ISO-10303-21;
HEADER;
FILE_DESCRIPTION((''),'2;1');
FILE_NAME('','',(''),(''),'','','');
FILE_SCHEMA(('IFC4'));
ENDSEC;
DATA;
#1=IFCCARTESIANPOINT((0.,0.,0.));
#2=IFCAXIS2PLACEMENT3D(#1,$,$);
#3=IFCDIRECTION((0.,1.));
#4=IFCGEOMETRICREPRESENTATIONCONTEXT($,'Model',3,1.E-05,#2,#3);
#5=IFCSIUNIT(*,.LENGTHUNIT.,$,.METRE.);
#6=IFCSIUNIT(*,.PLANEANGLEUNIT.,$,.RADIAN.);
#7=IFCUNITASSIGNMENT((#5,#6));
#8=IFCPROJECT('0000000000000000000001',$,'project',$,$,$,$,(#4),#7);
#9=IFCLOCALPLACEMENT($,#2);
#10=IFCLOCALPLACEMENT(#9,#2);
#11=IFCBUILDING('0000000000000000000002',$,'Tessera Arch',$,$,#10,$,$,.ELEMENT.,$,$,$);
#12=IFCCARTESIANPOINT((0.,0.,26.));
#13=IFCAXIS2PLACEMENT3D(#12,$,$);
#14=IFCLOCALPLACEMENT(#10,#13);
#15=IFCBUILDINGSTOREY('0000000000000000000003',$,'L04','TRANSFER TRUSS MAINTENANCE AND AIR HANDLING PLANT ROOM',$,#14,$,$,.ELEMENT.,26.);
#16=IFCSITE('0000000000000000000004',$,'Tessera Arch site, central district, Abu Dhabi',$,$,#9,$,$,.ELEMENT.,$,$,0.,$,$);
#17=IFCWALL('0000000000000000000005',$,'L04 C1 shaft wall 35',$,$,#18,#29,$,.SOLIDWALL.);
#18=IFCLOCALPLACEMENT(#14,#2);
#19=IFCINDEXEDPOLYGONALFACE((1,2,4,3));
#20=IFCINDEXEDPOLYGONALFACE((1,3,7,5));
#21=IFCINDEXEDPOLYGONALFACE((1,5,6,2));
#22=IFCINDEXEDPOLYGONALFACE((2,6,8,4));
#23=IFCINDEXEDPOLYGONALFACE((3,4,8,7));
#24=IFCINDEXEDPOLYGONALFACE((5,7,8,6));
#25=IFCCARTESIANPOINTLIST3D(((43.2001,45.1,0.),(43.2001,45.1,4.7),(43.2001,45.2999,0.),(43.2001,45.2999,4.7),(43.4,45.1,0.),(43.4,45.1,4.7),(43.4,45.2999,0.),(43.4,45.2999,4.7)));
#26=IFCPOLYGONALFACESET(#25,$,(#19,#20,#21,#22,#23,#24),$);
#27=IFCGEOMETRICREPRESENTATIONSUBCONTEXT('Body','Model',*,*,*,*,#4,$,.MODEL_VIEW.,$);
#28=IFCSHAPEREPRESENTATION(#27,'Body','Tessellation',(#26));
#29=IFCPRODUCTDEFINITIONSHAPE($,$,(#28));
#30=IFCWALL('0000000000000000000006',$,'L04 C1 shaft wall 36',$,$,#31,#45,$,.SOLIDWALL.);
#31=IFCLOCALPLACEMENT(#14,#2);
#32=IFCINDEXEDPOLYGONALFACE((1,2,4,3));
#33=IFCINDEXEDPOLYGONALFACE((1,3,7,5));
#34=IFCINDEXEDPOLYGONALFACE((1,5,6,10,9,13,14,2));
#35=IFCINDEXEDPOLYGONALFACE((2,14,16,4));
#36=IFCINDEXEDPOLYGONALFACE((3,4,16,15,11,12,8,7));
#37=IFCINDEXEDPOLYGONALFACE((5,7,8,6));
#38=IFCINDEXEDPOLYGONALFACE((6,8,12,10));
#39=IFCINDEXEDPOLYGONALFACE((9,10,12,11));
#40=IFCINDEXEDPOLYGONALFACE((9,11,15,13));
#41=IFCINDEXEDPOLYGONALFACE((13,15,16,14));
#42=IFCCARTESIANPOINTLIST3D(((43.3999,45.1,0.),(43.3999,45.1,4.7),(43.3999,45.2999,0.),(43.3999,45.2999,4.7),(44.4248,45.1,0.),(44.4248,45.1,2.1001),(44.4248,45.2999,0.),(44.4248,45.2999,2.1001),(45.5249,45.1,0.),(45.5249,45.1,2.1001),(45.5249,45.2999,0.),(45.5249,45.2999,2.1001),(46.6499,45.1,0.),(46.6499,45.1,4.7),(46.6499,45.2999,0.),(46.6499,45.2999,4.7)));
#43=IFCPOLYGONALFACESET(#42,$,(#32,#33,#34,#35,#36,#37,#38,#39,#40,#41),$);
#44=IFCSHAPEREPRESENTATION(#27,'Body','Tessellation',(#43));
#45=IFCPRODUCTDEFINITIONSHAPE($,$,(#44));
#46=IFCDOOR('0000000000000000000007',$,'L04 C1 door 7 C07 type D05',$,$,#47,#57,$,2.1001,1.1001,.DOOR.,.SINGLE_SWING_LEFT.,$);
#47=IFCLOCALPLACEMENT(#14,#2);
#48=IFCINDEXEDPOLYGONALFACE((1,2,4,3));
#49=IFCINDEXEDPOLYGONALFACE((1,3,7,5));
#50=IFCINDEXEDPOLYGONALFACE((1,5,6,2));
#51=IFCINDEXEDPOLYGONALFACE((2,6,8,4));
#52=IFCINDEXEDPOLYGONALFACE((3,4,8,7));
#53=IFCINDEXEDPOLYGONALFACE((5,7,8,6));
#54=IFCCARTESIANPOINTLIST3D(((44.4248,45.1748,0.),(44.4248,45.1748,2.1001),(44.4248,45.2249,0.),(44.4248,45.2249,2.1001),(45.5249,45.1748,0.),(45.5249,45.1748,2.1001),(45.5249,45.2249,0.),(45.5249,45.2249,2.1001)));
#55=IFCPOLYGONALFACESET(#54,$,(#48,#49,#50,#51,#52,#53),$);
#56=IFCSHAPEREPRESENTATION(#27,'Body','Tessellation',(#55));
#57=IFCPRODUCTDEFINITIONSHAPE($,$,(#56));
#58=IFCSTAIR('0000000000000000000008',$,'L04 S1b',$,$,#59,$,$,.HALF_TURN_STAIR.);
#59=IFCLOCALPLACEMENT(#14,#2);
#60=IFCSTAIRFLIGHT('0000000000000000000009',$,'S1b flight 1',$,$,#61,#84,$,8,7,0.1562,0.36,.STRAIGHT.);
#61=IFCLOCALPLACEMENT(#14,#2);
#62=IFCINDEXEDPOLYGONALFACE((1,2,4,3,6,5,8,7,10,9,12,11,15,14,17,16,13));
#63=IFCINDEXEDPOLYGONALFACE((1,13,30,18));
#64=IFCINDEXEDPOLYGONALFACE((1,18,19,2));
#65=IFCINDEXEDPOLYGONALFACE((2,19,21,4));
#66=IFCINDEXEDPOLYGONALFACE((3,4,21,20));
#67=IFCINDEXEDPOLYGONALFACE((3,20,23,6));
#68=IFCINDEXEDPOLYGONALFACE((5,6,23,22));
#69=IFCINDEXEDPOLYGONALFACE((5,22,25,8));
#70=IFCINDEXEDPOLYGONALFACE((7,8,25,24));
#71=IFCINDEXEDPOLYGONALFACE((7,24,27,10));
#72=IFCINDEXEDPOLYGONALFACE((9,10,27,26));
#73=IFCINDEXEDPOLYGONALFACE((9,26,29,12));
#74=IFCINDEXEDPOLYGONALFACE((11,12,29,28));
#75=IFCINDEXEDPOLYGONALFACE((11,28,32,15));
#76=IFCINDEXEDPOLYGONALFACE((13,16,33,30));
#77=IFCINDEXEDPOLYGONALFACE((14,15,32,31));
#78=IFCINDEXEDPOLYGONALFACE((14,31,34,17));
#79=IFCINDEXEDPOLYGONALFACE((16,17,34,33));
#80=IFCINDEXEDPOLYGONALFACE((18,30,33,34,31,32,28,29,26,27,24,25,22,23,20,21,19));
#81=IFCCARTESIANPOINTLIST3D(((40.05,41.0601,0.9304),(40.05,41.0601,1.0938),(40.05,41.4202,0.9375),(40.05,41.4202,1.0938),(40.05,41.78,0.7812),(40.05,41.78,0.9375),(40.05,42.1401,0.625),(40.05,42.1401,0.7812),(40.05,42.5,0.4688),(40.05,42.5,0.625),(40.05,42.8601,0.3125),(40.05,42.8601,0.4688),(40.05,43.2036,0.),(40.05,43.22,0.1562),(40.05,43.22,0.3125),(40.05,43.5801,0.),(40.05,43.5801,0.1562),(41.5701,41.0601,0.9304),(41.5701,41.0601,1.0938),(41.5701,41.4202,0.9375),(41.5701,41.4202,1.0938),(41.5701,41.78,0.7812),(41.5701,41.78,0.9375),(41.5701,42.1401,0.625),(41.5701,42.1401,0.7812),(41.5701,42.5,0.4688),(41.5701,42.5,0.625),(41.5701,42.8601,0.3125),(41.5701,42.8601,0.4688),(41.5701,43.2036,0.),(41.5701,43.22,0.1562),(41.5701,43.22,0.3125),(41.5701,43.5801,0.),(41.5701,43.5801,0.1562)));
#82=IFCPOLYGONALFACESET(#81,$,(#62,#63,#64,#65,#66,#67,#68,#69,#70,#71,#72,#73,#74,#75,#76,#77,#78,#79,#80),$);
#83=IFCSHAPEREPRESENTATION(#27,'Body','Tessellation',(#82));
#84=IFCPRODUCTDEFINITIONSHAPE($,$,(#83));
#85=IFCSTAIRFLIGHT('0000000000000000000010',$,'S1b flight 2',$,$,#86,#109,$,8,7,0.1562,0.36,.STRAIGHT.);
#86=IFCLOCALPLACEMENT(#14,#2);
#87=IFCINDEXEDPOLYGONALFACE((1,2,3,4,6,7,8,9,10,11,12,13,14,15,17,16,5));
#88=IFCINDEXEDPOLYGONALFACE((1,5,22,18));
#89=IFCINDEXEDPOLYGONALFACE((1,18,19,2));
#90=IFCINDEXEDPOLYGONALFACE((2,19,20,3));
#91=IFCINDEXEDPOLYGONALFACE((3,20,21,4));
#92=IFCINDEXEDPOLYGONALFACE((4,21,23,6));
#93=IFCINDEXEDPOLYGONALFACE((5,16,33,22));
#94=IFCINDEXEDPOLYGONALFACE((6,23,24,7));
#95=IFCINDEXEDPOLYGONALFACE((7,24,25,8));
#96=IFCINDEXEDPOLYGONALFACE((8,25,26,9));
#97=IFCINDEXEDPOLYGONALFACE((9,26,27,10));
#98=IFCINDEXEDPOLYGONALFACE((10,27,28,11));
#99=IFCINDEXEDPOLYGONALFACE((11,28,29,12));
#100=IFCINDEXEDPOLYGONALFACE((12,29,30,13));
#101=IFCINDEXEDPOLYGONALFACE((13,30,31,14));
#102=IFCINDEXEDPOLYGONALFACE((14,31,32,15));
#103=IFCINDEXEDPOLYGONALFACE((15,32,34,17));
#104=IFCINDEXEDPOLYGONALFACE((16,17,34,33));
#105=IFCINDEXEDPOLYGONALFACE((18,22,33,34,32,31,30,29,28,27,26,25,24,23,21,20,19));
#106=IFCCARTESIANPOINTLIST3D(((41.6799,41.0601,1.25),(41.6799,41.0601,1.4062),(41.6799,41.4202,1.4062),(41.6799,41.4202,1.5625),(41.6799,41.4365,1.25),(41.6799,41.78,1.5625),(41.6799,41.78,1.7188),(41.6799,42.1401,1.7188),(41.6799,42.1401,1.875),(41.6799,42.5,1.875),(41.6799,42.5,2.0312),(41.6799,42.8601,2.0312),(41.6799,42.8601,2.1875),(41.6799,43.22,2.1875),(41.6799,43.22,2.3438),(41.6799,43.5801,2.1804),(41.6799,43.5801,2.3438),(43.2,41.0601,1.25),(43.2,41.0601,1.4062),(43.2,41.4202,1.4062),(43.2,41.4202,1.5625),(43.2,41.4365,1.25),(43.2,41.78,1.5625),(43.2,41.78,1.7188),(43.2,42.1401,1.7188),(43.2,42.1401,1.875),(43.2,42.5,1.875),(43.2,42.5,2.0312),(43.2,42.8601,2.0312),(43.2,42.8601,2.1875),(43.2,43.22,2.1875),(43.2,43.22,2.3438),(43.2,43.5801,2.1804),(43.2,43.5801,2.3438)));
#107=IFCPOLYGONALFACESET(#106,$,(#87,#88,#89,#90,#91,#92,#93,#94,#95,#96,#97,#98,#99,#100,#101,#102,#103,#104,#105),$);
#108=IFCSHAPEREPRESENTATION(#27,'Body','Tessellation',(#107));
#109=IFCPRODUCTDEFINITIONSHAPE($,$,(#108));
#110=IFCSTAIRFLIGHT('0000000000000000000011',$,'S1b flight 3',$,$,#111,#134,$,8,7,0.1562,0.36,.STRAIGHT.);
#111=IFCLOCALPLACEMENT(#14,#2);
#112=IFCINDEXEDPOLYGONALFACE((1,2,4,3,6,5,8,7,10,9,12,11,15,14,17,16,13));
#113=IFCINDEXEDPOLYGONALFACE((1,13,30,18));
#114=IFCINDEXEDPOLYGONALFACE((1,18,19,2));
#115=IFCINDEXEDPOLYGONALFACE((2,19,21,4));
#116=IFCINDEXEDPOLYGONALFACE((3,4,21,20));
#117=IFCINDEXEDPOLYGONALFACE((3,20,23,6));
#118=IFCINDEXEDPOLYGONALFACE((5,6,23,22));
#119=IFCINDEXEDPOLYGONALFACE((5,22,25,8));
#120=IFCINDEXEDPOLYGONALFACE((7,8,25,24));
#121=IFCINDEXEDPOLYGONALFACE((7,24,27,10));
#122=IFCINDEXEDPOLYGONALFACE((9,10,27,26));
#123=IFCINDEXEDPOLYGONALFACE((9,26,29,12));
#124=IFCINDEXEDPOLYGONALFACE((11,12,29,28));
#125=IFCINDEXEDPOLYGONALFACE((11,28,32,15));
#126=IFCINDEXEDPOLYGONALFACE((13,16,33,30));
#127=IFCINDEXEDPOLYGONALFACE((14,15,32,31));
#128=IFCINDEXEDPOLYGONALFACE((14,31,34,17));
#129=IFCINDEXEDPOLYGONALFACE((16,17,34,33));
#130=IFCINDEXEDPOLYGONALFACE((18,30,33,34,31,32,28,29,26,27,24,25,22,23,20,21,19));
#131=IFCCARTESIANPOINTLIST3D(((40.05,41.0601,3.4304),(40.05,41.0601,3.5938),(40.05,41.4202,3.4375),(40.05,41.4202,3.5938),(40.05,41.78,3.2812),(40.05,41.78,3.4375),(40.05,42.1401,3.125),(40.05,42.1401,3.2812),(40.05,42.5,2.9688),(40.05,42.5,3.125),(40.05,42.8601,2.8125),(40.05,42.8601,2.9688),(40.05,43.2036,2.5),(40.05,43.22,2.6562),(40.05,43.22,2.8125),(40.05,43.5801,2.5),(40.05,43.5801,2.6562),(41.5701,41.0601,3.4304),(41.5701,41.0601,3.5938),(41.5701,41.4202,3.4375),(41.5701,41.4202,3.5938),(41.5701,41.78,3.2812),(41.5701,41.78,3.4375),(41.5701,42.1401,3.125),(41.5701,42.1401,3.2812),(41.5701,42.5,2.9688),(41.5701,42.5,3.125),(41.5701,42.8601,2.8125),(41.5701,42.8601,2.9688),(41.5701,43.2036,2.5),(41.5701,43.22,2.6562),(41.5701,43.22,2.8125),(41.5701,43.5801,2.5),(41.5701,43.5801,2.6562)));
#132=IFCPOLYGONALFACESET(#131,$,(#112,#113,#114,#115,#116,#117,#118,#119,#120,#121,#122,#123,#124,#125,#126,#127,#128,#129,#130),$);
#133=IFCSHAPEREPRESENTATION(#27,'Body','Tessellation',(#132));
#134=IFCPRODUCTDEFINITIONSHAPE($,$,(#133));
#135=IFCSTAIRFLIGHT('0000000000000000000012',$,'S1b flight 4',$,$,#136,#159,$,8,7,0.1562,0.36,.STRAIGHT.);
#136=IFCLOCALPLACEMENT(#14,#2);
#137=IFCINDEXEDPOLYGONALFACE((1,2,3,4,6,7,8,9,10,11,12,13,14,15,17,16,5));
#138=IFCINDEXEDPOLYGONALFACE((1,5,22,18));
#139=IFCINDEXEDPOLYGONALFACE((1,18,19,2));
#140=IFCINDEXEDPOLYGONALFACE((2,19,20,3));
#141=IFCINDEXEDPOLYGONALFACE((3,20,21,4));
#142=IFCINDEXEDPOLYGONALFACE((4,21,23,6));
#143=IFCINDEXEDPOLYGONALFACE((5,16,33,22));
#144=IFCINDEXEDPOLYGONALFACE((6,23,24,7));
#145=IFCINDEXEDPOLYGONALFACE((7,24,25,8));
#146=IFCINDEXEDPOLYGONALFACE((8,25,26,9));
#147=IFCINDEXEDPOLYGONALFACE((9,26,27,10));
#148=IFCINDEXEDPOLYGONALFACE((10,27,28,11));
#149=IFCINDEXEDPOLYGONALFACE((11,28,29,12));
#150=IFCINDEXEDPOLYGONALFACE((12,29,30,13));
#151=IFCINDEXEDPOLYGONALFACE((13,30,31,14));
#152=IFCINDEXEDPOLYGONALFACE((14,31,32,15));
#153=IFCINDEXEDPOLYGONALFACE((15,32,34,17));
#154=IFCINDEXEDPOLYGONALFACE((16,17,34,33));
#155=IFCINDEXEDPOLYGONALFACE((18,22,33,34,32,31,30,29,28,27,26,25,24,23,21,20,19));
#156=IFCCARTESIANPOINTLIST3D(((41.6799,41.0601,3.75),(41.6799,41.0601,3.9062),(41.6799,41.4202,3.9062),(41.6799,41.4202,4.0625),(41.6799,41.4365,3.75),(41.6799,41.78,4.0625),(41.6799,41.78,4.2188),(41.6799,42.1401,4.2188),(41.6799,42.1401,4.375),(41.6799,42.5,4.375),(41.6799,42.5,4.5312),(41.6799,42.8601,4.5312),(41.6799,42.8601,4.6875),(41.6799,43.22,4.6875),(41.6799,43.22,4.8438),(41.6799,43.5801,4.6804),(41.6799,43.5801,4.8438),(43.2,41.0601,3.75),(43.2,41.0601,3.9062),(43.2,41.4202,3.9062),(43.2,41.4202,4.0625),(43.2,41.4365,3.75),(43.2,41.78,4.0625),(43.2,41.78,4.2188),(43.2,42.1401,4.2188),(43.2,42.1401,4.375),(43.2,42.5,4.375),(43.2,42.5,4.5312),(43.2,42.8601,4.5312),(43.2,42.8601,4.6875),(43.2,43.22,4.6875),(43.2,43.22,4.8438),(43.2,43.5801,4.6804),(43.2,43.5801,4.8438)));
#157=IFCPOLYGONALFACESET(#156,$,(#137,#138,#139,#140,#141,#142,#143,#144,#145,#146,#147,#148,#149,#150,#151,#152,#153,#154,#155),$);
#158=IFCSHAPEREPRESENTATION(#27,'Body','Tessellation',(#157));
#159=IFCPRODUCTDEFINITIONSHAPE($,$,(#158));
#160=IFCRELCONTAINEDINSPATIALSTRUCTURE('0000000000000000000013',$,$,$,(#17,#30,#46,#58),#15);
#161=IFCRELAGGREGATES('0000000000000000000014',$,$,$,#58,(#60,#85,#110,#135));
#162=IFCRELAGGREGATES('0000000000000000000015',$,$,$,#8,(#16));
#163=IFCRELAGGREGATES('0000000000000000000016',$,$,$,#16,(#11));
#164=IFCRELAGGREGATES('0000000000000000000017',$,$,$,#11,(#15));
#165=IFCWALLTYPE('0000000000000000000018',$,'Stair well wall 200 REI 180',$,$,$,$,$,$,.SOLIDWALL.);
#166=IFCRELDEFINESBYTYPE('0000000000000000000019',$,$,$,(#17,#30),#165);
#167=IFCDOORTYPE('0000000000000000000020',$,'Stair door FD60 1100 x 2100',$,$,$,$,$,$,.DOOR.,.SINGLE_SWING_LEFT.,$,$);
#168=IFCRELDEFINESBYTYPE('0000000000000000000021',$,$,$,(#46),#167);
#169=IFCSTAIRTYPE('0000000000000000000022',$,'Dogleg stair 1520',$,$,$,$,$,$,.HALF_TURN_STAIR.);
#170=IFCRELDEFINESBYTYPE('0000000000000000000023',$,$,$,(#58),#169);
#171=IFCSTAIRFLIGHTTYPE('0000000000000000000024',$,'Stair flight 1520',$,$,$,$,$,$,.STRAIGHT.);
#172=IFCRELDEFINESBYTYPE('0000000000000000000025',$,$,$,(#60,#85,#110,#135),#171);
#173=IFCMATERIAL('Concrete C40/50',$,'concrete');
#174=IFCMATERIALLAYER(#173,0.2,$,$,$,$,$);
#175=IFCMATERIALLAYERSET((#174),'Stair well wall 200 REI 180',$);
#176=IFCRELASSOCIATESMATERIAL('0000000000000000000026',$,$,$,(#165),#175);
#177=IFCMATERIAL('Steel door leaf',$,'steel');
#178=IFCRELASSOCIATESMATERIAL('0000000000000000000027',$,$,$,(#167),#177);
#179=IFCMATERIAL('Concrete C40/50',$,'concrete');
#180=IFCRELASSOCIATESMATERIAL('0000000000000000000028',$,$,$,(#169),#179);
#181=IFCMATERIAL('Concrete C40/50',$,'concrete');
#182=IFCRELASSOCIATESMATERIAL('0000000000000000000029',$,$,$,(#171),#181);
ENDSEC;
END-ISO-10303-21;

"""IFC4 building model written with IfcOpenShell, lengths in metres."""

from ifc_helpers import new_model, si_unit, direction, frame, frame_2d, origin, place, context, subcontext, project, spatial, polyline, rectangle, outline, extrude, material, layer, layer_set, type_object, element, fill, aggregate, save


model = new_model("IFC4")

# Units and contexts
model_context = context("Model", 3, precision=1e-05, world=origin(), true_north=direction((0.0, 1.0)))
body_context = subcontext(model_context, "Body", "Model", "MODEL_VIEW")
ifc_project = project(units=[si_unit("LENGTHUNIT", "METRE"), si_unit("PLANEANGLEUNIT", "RADIAN")], contexts=[model_context])

# Site, building, storey
site_placement = place(None, origin())
site = spatial("IfcSite", under=ifc_project, at=site_placement, Name="Tessera Arch site, central district, Abu Dhabi", CompositionType="ELEMENT", RefElevation=0.0)
building_placement = place(site_placement, origin())
building = spatial("IfcBuilding", under=site, at=building_placement, Name="Tessera Arch", CompositionType="ELEMENT")
storey_placement = place(building_placement, frame((0.0, 0.0, 26.0)))
storey = spatial("IfcBuildingStorey", under=building, at=storey_placement, Name="L04", Description="TRANSFER TRUSS MAINTENANCE AND AIR HANDLING PLANT ROOM", CompositionType="ELEMENT", Elevation=26.0)

# Shared definitions
ifc_material_1 = material(Name="Concrete C40/50", Category="concrete")
ifc_layer_1 = layer(ifc_material_1, 0.2)
ifc_layer_set_1 = layer_set([ifc_layer_1], Name="Stair well wall 200 REI 180")
wall_type_1 = type_object("IfcWallType", Name="Stair well wall 200 REI 180", PredefinedType="SOLIDWALL", material=ifc_layer_set_1)

# Shared definitions
ifc_material_2 = material(Name="Steel door leaf", Category="steel")
door_type = type_object("IfcDoorType", Name="Stair door FD60 1100 x 2100", OperationType="SINGLE_SWING_LEFT", PredefinedType="DOOR", material=ifc_material_2)

# Wall
wall_1_placement = place(storey_placement, frame((43.2, 45.2, 0.0), z_axis=(0.0, 0.0, 1.0), x_axis=(1.0, 0.0, 0.0)))
element("IfcWall", 1, at=wall_1_placement, inside=storey, type_object=wall_type_1, Name="L04 C1 shaft wall 35", PredefinedType="SOLIDWALL", context=body_context, shape_type="SweptSolid", body=[
    extrude(rectangle(XDim=0.2, YDim=0.2, at=frame_2d((0.1001, 0.0))), origin(), (0.0, 0.0, 1.0), 4.7),
])

# Wall, opening, door
wall_2_placement = place(storey_placement, frame((43.3999, 45.2, 0.0), z_axis=(0.0, 0.0, 1.0), x_axis=(1.0, 0.0, 0.0)))
wall_2 = element("IfcWall", 2, at=wall_2_placement, inside=storey, type_object=wall_type_1, Name="L04 C1 shaft wall 36", PredefinedType="SOLIDWALL", context=body_context, shape_type="SweptSolid", body=[
    extrude(rectangle(XDim=3.25, YDim=0.2, at=frame_2d((1.625, 0.0))), origin(), (0.0, 0.0, 1.0), 4.7),
])
opening_1_placement = place(wall_2_placement, frame((1.0249, 0.0, 0.0)))
opening_1 = element("IfcOpeningElement", 3, at=opening_1_placement, cuts=wall_2, PredefinedType="OPENING", context=body_context, shape_type="SweptSolid", body=[
    extrude(rectangle(XDim=1.1001, YDim=2.1001, at=frame_2d((0.55, 1.05))), frame((0.0, 0.1099, 0.0), z_axis=(0.0, -1.0, 0.0), x_axis=(1.0, 0.0, 0.0)), (0.0, 0.0, 1.0), 0.22),
])
door_1_placement = place(opening_1_placement, origin())
door_1 = element("IfcDoor", 4, at=door_1_placement, inside=storey, type_object=door_type, Name="L04 C1 door 7 C07 type D05", OperationType="SINGLE_SWING_LEFT", OverallHeight=2.1001, OverallWidth=1.1001, PredefinedType="DOOR", context=body_context, shape_type="SweptSolid", body=[
    extrude(rectangle(XDim=1.1001, YDim=2.1001, at=frame_2d((0.55, 1.05))), frame((0.0, 0.0249, 0.0), z_axis=(0.0, -1.0, 0.0), x_axis=(1.0, 0.0, 0.0)), (0.0, 0.0, 1.0), 0.05),
])
fill(opening_1, door_1)

# Stair, stair flights
ifc_material_3 = material(Name="Concrete C40/50", Category="concrete")
stair_type = type_object("IfcStairType", Name="Dogleg stair 1520", PredefinedType="HALF_TURN_STAIR", material=ifc_material_3)
stair_1_placement = place(storey_placement, origin())
stair_1 = element("IfcStair", 5, at=stair_1_placement, inside=storey, type_object=stair_type, Name="L04 S1b", PredefinedType="HALF_TURN_STAIR")
ifc_material_4 = material(Name="Concrete C40/50", Category="concrete")
stair_flight_type = type_object("IfcStairFlightType", Name="Stair flight 1520", PredefinedType="STRAIGHT", material=ifc_material_4)
stair_flight_1_placement = place(storey_placement, frame((40.8101, 43.5801, 0.0), z_axis=(0.0, 0.0, 1.0), x_axis=(0.0, -1.0, 0.0)))
stair_flight_1 = element("IfcStairFlight", 6, at=stair_flight_1_placement, type_object=stair_flight_type, Name="S1b flight 1", NumberOfRisers=8, NumberOfTreads=7, PredefinedType="STRAIGHT", RiserHeight=0.1562, TreadLength=0.36, context=body_context, shape_type="SweptSolid", body=[
    extrude(outline(polyline([(0.0, 0.0), (0.0, 0.1562), (0.3601, 0.1562), (0.3601, 0.3125), (0.72, 0.3125), (0.72, 0.4688), (1.0801, 0.4688), (1.0801, 0.625), (1.4399, 0.625), (1.4399, 0.7812), (1.8, 0.7812), (1.8, 0.9375), (2.1599, 0.9375), (2.1599, 1.0938), (2.52, 1.0938), (2.52, 1.25), (2.52, 0.9304), (0.3765, 0.0), (0.0, 0.0)])), frame((0.0, 0.76, 0.0), z_axis=(0.0, -1.0, 0.0), x_axis=(1.0, 0.0, 0.0)), (0.0, 0.0, 1.0), 1.52),
])
stair_flight_2_placement = place(storey_placement, frame((42.4399, 41.0601, 1.25), z_axis=(0.0, 0.0, 1.0), x_axis=(0.0, 1.0, 0.0)))
stair_flight_2 = element("IfcStairFlight", 7, at=stair_flight_2_placement, type_object=stair_flight_type, Name="S1b flight 2", NumberOfRisers=8, NumberOfTreads=7, PredefinedType="STRAIGHT", RiserHeight=0.1562, TreadLength=0.36, context=body_context, shape_type="SweptSolid", body=[
    extrude(outline(polyline([(0.0, 0.0), (0.0, 0.1562), (0.3601, 0.1562), (0.3601, 0.3125), (0.72, 0.3125), (0.72, 0.4688), (1.0801, 0.4688), (1.0801, 0.625), (1.4399, 0.625), (1.4399, 0.7812), (1.8, 0.7812), (1.8, 0.9375), (2.1599, 0.9375), (2.1599, 1.0938), (2.52, 1.0938), (2.52, 1.25), (2.52, 0.9304), (0.3765, 0.0), (0.0, 0.0)])), frame((0.0, 0.76, 0.0), z_axis=(0.0, -1.0, 0.0), x_axis=(1.0, 0.0, 0.0)), (0.0, 0.0, 1.0), 1.52),
])
stair_flight_3_placement = place(storey_placement, frame((40.8101, 43.5801, 2.5), z_axis=(0.0, 0.0, 1.0), x_axis=(0.0, -1.0, 0.0)))
stair_flight_3 = element("IfcStairFlight", 8, at=stair_flight_3_placement, type_object=stair_flight_type, Name="S1b flight 3", NumberOfRisers=8, NumberOfTreads=7, PredefinedType="STRAIGHT", RiserHeight=0.1562, TreadLength=0.36, context=body_context, shape_type="SweptSolid", body=[
    extrude(outline(polyline([(0.0, 0.0), (0.0, 0.1562), (0.3601, 0.1562), (0.3601, 0.3125), (0.72, 0.3125), (0.72, 0.4688), (1.0801, 0.4688), (1.0801, 0.625), (1.4399, 0.625), (1.4399, 0.7812), (1.8, 0.7812), (1.8, 0.9375), (2.1599, 0.9375), (2.1599, 1.0938), (2.52, 1.0938), (2.52, 1.25), (2.52, 0.9304), (0.3765, 0.0), (0.0, 0.0)])), frame((0.0, 0.76, 0.0), z_axis=(0.0, -1.0, 0.0), x_axis=(1.0, 0.0, 0.0)), (0.0, 0.0, 1.0), 1.52),
])
stair_flight_4_placement = place(storey_placement, frame((42.4399, 41.0601, 3.75), z_axis=(0.0, 0.0, 1.0), x_axis=(0.0, 1.0, 0.0)))
stair_flight_4 = element("IfcStairFlight", 9, at=stair_flight_4_placement, type_object=stair_flight_type, Name="S1b flight 4", NumberOfRisers=8, NumberOfTreads=7, PredefinedType="STRAIGHT", RiserHeight=0.1562, TreadLength=0.36, context=body_context, shape_type="SweptSolid", body=[
    extrude(outline(polyline([(0.0, 0.0), (0.0, 0.1562), (0.3601, 0.1562), (0.3601, 0.3125), (0.72, 0.3125), (0.72, 0.4688), (1.0801, 0.4688), (1.0801, 0.625), (1.4399, 0.625), (1.4399, 0.7812), (1.8, 0.7812), (1.8, 0.9375), (2.1599, 0.9375), (2.1599, 1.0938), (2.52, 1.0938), (2.52, 1.25), (2.52, 0.9304), (0.3765, 0.0), (0.0, 0.0)])), frame((0.0, 0.76, 0.0), z_axis=(0.0, -1.0, 0.0), x_axis=(1.0, 0.0, 0.0)), (0.0, 0.0, 1.0), 1.52),
])
aggregate(stair_1, [stair_flight_1, stair_flight_2, stair_flight_3, stair_flight_4])

save(model, "model.ifc")
